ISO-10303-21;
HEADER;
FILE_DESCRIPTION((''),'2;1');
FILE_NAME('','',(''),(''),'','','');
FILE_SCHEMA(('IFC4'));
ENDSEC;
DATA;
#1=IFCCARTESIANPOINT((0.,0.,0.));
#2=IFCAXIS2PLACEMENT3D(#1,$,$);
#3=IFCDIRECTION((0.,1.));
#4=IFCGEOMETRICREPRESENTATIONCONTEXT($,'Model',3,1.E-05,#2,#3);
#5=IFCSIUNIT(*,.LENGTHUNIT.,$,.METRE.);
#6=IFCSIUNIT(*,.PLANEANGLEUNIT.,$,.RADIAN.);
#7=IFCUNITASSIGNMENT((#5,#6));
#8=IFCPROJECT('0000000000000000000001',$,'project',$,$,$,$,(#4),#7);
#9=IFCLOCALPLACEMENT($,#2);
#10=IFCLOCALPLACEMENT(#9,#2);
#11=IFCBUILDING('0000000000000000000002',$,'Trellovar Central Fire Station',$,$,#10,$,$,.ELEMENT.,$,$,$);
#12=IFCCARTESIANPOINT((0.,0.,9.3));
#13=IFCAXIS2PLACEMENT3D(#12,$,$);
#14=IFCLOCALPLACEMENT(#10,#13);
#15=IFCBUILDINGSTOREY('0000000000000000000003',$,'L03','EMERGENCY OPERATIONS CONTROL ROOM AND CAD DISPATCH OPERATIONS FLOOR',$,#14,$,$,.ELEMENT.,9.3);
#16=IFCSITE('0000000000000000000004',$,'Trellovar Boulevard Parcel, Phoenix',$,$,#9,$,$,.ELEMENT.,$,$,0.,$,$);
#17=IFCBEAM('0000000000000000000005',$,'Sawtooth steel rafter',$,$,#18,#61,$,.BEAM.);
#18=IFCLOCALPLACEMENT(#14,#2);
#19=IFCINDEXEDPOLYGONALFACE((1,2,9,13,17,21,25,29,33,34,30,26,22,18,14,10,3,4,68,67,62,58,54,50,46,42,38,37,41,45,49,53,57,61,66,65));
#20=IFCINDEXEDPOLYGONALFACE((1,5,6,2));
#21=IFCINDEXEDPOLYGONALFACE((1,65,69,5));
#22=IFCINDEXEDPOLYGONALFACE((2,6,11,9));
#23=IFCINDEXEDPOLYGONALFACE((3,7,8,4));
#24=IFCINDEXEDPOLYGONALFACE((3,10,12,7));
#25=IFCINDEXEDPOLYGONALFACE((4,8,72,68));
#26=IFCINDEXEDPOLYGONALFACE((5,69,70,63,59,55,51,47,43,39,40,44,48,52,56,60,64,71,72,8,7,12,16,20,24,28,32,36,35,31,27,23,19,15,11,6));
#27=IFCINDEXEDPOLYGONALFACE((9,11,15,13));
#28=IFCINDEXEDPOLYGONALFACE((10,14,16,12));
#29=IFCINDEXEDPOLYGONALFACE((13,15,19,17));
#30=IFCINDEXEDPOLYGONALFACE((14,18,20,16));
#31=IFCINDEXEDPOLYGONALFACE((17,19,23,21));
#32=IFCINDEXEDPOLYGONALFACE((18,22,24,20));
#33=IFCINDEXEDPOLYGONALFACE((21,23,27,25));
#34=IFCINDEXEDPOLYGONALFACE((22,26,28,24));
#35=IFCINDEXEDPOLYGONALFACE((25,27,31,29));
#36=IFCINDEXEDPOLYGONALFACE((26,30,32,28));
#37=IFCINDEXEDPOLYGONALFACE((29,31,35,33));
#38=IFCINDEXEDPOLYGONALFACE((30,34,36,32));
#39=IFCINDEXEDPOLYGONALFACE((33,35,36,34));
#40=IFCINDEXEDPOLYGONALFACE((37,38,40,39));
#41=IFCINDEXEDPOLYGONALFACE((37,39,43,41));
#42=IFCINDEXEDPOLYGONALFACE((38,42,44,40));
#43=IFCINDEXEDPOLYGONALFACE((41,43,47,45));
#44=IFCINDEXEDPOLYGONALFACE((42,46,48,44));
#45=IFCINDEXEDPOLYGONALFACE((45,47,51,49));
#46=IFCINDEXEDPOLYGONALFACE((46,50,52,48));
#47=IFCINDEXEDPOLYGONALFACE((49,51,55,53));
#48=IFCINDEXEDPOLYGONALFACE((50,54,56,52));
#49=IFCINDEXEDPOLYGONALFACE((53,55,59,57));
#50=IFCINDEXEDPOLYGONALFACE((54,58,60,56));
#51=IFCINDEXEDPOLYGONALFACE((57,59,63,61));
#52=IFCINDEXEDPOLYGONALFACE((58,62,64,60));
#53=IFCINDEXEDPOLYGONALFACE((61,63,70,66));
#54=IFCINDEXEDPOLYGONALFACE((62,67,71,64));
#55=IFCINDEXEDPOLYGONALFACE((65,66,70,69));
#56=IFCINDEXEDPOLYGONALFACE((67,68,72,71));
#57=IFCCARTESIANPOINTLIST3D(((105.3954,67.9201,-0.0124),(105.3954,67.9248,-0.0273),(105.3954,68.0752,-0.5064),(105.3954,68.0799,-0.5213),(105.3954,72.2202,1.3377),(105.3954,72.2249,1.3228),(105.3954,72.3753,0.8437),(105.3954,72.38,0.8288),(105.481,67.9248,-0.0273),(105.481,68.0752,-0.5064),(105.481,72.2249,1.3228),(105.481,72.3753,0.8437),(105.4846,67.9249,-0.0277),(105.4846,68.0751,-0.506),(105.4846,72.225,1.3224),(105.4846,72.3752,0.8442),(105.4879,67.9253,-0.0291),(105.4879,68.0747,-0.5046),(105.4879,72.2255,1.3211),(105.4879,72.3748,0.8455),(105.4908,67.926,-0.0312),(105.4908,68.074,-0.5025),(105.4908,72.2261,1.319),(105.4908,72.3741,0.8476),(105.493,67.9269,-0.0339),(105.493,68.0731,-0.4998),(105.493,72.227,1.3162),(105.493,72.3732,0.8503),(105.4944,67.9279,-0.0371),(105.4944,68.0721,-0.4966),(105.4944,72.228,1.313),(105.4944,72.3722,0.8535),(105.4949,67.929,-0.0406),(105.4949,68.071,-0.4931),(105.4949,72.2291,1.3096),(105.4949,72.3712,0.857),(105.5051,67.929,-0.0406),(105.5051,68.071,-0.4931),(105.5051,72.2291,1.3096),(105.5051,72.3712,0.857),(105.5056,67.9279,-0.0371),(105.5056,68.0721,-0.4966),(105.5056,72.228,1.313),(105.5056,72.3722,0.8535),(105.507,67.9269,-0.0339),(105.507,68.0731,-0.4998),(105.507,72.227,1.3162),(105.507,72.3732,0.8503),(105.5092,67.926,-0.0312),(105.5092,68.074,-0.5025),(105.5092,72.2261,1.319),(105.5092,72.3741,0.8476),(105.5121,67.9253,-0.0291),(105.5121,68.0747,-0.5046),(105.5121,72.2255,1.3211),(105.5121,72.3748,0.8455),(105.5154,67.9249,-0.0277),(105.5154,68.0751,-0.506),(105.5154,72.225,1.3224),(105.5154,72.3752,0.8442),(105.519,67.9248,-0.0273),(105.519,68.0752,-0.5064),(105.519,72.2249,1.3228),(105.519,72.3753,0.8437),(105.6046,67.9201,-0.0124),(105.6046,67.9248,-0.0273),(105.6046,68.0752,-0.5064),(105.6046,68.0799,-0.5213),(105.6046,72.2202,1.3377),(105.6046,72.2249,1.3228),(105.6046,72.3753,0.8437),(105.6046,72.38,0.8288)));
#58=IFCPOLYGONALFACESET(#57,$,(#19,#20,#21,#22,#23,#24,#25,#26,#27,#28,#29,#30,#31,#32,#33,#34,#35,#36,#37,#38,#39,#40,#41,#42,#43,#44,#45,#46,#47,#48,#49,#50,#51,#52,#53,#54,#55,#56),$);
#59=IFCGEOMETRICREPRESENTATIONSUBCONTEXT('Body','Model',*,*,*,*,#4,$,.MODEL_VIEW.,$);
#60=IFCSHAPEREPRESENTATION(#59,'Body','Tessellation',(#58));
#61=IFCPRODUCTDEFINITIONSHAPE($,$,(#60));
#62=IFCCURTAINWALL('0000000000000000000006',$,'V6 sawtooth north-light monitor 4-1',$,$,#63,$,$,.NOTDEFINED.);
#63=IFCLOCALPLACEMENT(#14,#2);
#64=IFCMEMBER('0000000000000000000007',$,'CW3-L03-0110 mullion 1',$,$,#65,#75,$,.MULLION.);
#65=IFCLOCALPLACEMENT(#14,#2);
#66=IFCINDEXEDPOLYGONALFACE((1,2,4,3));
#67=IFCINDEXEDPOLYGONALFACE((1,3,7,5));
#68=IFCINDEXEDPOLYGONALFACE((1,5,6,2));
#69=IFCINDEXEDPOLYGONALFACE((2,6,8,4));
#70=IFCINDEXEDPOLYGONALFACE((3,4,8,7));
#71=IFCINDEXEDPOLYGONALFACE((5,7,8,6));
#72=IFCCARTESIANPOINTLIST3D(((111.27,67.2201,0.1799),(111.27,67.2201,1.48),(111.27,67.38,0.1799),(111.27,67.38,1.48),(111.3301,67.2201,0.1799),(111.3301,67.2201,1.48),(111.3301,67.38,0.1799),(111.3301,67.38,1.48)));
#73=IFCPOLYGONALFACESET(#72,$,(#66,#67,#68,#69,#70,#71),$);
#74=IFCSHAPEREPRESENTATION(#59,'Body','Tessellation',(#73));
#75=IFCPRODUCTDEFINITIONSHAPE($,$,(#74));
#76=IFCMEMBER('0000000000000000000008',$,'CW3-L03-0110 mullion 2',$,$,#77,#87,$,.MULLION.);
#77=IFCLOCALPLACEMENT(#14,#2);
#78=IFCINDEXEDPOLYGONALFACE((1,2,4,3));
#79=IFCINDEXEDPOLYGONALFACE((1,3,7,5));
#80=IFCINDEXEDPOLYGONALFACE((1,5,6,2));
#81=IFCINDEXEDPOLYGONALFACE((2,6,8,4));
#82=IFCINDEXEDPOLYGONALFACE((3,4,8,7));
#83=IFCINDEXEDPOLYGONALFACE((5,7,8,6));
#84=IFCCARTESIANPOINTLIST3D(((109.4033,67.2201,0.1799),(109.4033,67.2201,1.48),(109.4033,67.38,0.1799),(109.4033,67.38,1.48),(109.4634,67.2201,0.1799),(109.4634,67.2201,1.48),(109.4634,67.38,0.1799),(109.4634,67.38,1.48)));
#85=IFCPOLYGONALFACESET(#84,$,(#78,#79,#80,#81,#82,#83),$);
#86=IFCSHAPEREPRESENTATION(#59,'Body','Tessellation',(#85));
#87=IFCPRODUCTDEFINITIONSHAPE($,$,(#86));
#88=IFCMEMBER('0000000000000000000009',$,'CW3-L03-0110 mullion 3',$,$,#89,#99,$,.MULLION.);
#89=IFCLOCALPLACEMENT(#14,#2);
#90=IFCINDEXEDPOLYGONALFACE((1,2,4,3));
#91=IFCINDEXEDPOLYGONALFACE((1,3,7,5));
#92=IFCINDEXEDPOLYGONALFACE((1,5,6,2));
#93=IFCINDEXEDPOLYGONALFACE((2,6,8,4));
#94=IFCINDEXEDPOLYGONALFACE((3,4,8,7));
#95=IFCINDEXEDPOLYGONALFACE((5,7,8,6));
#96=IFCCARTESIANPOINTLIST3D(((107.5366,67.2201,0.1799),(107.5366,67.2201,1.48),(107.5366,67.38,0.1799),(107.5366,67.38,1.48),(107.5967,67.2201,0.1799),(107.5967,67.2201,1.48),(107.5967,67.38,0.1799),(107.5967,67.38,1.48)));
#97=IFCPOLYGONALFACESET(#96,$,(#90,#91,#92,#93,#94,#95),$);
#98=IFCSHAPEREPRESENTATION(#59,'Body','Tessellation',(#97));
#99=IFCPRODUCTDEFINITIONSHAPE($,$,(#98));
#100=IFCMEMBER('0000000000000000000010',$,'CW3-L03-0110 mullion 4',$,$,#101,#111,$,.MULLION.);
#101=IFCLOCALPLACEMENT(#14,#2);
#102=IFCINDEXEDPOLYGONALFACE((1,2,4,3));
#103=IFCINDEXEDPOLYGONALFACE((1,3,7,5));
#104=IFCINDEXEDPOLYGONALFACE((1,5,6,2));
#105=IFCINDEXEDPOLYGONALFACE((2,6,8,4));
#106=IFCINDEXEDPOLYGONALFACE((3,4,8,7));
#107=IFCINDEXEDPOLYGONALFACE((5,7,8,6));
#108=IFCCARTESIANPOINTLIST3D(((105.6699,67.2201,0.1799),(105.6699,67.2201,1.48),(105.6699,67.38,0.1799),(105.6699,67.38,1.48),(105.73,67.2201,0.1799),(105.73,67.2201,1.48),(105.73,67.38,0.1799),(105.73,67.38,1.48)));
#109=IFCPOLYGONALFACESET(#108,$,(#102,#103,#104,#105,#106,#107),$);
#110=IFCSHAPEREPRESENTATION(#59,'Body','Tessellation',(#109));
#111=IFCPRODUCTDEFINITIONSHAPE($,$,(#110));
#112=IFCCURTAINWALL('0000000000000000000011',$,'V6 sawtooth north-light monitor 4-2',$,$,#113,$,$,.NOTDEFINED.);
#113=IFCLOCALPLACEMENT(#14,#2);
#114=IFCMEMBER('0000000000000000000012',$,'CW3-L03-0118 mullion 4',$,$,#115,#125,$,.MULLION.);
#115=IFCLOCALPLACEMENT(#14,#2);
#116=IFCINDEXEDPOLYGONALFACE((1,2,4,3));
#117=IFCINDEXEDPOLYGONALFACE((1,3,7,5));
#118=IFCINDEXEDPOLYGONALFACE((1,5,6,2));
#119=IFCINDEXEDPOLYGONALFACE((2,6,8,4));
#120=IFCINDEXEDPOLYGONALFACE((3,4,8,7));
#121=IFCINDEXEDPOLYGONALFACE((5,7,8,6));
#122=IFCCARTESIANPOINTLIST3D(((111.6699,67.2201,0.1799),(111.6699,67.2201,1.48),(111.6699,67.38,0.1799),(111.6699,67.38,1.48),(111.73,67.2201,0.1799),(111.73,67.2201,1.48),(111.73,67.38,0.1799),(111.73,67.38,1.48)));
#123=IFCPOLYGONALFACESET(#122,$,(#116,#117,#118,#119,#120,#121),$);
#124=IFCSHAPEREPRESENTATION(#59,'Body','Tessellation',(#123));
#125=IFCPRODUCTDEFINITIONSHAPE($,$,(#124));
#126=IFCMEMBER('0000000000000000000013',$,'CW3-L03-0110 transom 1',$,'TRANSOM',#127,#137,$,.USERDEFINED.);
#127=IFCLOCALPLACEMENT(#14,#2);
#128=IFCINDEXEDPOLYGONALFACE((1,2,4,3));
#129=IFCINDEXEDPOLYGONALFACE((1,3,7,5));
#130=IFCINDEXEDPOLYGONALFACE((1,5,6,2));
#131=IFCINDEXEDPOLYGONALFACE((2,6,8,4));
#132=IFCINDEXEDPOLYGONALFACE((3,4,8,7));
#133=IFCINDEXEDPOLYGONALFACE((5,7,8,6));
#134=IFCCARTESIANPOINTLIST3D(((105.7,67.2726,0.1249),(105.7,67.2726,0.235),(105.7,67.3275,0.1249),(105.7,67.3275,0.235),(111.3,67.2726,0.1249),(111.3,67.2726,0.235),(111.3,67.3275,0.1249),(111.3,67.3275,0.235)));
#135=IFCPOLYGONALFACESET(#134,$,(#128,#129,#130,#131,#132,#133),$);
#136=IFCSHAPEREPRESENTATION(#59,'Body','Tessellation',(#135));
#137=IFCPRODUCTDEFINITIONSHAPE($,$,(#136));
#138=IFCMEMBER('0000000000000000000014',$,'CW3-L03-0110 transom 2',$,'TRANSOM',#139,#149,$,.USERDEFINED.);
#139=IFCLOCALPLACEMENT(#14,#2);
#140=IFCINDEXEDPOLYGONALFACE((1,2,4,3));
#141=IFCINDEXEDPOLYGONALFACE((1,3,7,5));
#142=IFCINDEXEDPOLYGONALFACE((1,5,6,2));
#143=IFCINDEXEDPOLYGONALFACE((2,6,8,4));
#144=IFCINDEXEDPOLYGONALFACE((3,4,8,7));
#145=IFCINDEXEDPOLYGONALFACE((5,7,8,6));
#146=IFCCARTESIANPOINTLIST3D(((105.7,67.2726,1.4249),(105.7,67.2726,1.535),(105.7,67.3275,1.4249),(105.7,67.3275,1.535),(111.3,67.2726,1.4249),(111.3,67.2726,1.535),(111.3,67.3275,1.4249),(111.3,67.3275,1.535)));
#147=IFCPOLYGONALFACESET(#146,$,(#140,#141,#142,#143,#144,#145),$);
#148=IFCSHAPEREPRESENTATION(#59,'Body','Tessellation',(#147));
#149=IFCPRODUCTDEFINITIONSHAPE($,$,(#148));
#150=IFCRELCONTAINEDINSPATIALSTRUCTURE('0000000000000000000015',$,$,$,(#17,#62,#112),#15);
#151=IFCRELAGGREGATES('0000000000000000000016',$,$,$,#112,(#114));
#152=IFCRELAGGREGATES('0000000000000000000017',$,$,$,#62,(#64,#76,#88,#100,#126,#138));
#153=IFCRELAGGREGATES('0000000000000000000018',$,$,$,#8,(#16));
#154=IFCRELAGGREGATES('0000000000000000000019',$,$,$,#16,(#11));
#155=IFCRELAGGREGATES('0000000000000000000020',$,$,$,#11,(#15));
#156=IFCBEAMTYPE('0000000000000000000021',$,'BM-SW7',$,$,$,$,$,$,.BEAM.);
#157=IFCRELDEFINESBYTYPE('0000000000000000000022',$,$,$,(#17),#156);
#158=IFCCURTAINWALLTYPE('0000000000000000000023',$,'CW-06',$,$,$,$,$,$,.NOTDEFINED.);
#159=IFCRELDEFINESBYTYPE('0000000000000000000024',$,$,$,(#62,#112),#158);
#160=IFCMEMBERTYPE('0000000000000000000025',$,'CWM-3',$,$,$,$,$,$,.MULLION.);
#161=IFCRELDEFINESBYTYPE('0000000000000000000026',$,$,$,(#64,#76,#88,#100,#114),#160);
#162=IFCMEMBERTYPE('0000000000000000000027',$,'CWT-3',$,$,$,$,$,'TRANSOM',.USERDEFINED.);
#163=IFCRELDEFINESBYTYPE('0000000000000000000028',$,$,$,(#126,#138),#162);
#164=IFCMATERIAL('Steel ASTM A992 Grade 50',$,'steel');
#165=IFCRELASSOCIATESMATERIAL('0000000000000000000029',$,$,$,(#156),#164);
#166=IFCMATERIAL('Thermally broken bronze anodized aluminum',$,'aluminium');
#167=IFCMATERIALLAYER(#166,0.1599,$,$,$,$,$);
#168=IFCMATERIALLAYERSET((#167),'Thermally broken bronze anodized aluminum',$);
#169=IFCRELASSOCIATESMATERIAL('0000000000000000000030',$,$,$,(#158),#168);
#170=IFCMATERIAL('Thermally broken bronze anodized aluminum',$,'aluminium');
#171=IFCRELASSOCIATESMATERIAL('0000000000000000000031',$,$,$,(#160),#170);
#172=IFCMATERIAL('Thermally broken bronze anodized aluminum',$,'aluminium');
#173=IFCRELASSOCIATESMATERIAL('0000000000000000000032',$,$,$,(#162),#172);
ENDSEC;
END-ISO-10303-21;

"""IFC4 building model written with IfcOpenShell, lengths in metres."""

from ifc_helpers import new_model, si_unit, direction, frame, origin, origin_2d, place, context, subcontext, project, spatial, rectangle, i_section, extrude, material, layer, layer_set, material_profile, profile_set, type_object, element, aggregate, save


model = new_model("IFC4")

# Units and contexts
model_context = context("Model", 3, precision=1e-05, world=origin(), true_north=direction((0.0, 1.0)))
body_context = subcontext(model_context, "Body", "Model", "MODEL_VIEW")
ifc_project = project(units=[si_unit("LENGTHUNIT", "METRE"), si_unit("PLANEANGLEUNIT", "RADIAN")], contexts=[model_context])

# Site, building, storey
site_placement = place(None, origin())
site = spatial("IfcSite", under=ifc_project, at=site_placement, Name="Trellovar Boulevard Parcel, Phoenix", CompositionType="ELEMENT", RefElevation=0.0)
building_placement = place(site_placement, origin())
building = spatial("IfcBuilding", under=site, at=building_placement, Name="Trellovar Central Fire Station", CompositionType="ELEMENT")
storey_placement = place(building_placement, frame((0.0, 0.0, 9.3)))
storey = spatial("IfcBuildingStorey", under=building, at=storey_placement, Name="L03", Description="EMERGENCY OPERATIONS CONTROL ROOM AND CAD DISPATCH OPERATIONS FLOOR", CompositionType="ELEMENT", Elevation=9.3)

# Beam
ifc_material_1 = material(Name="Steel ASTM A992 Grade 50", Category="steel")
ifc_material_profile_1 = material_profile(ifc_material_1, i_section(OverallWidth=0.2092, OverallDepth=0.5334, WebThickness=0.0103, FlangeThickness=0.0156, FilletRadius=0.0139, at=origin_2d()), Name="W21X62")
ifc_profile_set_1 = profile_set([ifc_material_profile_1], Name="Steel ASTM A992 Grade 50")
beam_type_1 = type_object("IfcBeamType", Name="BM-SW7", PredefinedType="BEAM", material=ifc_profile_set_1)
beam_placement = place(storey_placement, frame((105.5, 68.0, -0.2668), z_axis=(0.0, 0.954079, 0.299555), x_axis=(-1.0, 0.0, 0.0)))
element("IfcBeam", 1, at=beam_placement, inside=storey, type_object=beam_type_1, Name="Sawtooth steel rafter", PredefinedType="BEAM", context=body_context, shape_type="SweptSolid", body=[
    extrude(i_section(OverallWidth=0.2092, OverallDepth=0.5334, WebThickness=0.0103, FlangeThickness=0.0156, FilletRadius=0.0139, at=origin_2d()), origin(), (0.0, 0.0, 1.0), 4.5071),
])

# Curtain wall, members
ifc_material_2 = material(Name="Thermally broken bronze anodized aluminum", Category="aluminium")
ifc_layer_1 = layer(ifc_material_2, 0.1599)
ifc_layer_set_1 = layer_set([ifc_layer_1], Name="Thermally broken bronze anodized aluminum")
curtain_wall_type = type_object("IfcCurtainWallType", Name="CW-06", PredefinedType="NOTDEFINED", material=ifc_layer_set_1)
curtain_wall_1_placement = place(storey_placement, origin())
curtain_wall_1 = element("IfcCurtainWall", 2, at=curtain_wall_1_placement, inside=storey, type_object=curtain_wall_type, Name="V6 sawtooth north-light monitor 4-1", PredefinedType="NOTDEFINED")
ifc_material_3 = material(Name="Thermally broken bronze anodized aluminum", Category="aluminium")
ifc_material_profile_2 = material_profile(ifc_material_3, rectangle(XDim=0.0601, YDim=0.1599, at=origin_2d()), Name="ALU60X160")
ifc_profile_set_2 = profile_set([ifc_material_profile_2], Name="Thermally broken bronze anodized aluminum")
member_type_1 = type_object("IfcMemberType", Name="CWM-3", PredefinedType="MULLION", material=ifc_profile_set_2)
member_1_placement = place(storey_placement, frame((111.3, 67.3, 0.1799), z_axis=(0.0, 0.0, 1.0), x_axis=(1.0, 0.0, 0.0)))
member_1 = element("IfcMember", 3, at=member_1_placement, type_object=member_type_1, Name="CW3-L03-0110 mullion 1", PredefinedType="MULLION", context=body_context, shape_type="SweptSolid", body=[
    extrude(rectangle(XDim=0.0601, YDim=0.1599, at=origin_2d()), origin(), (0.0, 0.0, 1.0), 1.3),
])
member_2_placement = place(storey_placement, frame((109.4333, 67.3, 0.1799), z_axis=(0.0, 0.0, 1.0), x_axis=(1.0, 0.0, 0.0)))
member_2 = element("IfcMember", 4, at=member_2_placement, type_object=member_type_1, Name="CW3-L03-0110 mullion 2", PredefinedType="MULLION", context=body_context, shape_type="SweptSolid", body=[
    extrude(rectangle(XDim=0.0601, YDim=0.1599, at=origin_2d()), origin(), (0.0, 0.0, 1.0), 1.3),
])
member_3_placement = place(storey_placement, frame((107.5667, 67.3, 0.1799), z_axis=(0.0, 0.0, 1.0), x_axis=(1.0, 0.0, 0.0)))
member_3 = element("IfcMember", 5, at=member_3_placement, type_object=member_type_1, Name="CW3-L03-0110 mullion 3", PredefinedType="MULLION", context=body_context, shape_type="SweptSolid", body=[
    extrude(rectangle(XDim=0.0601, YDim=0.1599, at=origin_2d()), origin(), (0.0, 0.0, 1.0), 1.3),
])
member_4_placement = place(storey_placement, frame((105.7, 67.3, 0.1799), z_axis=(0.0, 0.0, 1.0), x_axis=(1.0, 0.0, 0.0)))
member_4 = element("IfcMember", 6, at=member_4_placement, type_object=member_type_1, Name="CW3-L03-0110 mullion 4", PredefinedType="MULLION", context=body_context, shape_type="SweptSolid", body=[
    extrude(rectangle(XDim=0.0601, YDim=0.1599, at=origin_2d()), origin(), (0.0, 0.0, 1.0), 1.3),
])

# Curtain wall, member
curtain_wall_2_placement = place(storey_placement, origin())
curtain_wall_2 = element("IfcCurtainWall", 7, at=curtain_wall_2_placement, inside=storey, type_object=curtain_wall_type, Name="V6 sawtooth north-light monitor 4-2", PredefinedType="NOTDEFINED")
member_5_placement = place(storey_placement, frame((111.7, 67.3, 0.1799), z_axis=(0.0, 0.0, 1.0), x_axis=(1.0, 0.0, 0.0)))
member_5 = element("IfcMember", 8, at=member_5_placement, type_object=member_type_1, Name="CW3-L03-0118 mullion 4", PredefinedType="MULLION", context=body_context, shape_type="SweptSolid", body=[
    extrude(rectangle(XDim=0.0601, YDim=0.1599, at=origin_2d()), origin(), (0.0, 0.0, 1.0), 1.3),
])

# Members
ifc_material_4 = material(Name="Thermally broken bronze anodized aluminum", Category="aluminium")
ifc_material_profile_3 = material_profile(ifc_material_4, rectangle(XDim=0.0549, YDim=0.1101, at=origin_2d()), Name="ALU55X110")
ifc_profile_set_3 = profile_set([ifc_material_profile_3], Name="Thermally broken bronze anodized aluminum")
member_type_2 = type_object("IfcMemberType", Name="CWT-3", ElementType="TRANSOM", PredefinedType="USERDEFINED", material=ifc_profile_set_3)
member_6_placement = place(storey_placement, frame((111.3, 67.3, 0.1799), z_axis=(-1.0, 0.0, 0.0), x_axis=(0.0, -1.0, 0.0)))
member_6 = element("IfcMember", 9, at=member_6_placement, type_object=member_type_2, Name="CW3-L03-0110 transom 1", ObjectType="TRANSOM", PredefinedType="USERDEFINED", context=body_context, shape_type="SweptSolid", body=[
    extrude(rectangle(XDim=0.0549, YDim=0.1101, at=origin_2d()), origin(), (0.0, 0.0, 1.0), 5.6001),
])
member_7_placement = place(storey_placement, frame((111.3, 67.3, 1.48), z_axis=(-1.0, 0.0, 0.0), x_axis=(0.0, -1.0, 0.0)))
member_7 = element("IfcMember", 10, at=member_7_placement, type_object=member_type_2, Name="CW3-L03-0110 transom 2", ObjectType="TRANSOM", PredefinedType="USERDEFINED", context=body_context, shape_type="SweptSolid", body=[
    extrude(rectangle(XDim=0.0549, YDim=0.1101, at=origin_2d()), origin(), (0.0, 0.0, 1.0), 5.6001),
])

aggregate(curtain_wall_2, [member_5])
aggregate(curtain_wall_1, [member_1, member_2, member_3, member_4, member_6, member_7])

save(model, "model.ifc")
